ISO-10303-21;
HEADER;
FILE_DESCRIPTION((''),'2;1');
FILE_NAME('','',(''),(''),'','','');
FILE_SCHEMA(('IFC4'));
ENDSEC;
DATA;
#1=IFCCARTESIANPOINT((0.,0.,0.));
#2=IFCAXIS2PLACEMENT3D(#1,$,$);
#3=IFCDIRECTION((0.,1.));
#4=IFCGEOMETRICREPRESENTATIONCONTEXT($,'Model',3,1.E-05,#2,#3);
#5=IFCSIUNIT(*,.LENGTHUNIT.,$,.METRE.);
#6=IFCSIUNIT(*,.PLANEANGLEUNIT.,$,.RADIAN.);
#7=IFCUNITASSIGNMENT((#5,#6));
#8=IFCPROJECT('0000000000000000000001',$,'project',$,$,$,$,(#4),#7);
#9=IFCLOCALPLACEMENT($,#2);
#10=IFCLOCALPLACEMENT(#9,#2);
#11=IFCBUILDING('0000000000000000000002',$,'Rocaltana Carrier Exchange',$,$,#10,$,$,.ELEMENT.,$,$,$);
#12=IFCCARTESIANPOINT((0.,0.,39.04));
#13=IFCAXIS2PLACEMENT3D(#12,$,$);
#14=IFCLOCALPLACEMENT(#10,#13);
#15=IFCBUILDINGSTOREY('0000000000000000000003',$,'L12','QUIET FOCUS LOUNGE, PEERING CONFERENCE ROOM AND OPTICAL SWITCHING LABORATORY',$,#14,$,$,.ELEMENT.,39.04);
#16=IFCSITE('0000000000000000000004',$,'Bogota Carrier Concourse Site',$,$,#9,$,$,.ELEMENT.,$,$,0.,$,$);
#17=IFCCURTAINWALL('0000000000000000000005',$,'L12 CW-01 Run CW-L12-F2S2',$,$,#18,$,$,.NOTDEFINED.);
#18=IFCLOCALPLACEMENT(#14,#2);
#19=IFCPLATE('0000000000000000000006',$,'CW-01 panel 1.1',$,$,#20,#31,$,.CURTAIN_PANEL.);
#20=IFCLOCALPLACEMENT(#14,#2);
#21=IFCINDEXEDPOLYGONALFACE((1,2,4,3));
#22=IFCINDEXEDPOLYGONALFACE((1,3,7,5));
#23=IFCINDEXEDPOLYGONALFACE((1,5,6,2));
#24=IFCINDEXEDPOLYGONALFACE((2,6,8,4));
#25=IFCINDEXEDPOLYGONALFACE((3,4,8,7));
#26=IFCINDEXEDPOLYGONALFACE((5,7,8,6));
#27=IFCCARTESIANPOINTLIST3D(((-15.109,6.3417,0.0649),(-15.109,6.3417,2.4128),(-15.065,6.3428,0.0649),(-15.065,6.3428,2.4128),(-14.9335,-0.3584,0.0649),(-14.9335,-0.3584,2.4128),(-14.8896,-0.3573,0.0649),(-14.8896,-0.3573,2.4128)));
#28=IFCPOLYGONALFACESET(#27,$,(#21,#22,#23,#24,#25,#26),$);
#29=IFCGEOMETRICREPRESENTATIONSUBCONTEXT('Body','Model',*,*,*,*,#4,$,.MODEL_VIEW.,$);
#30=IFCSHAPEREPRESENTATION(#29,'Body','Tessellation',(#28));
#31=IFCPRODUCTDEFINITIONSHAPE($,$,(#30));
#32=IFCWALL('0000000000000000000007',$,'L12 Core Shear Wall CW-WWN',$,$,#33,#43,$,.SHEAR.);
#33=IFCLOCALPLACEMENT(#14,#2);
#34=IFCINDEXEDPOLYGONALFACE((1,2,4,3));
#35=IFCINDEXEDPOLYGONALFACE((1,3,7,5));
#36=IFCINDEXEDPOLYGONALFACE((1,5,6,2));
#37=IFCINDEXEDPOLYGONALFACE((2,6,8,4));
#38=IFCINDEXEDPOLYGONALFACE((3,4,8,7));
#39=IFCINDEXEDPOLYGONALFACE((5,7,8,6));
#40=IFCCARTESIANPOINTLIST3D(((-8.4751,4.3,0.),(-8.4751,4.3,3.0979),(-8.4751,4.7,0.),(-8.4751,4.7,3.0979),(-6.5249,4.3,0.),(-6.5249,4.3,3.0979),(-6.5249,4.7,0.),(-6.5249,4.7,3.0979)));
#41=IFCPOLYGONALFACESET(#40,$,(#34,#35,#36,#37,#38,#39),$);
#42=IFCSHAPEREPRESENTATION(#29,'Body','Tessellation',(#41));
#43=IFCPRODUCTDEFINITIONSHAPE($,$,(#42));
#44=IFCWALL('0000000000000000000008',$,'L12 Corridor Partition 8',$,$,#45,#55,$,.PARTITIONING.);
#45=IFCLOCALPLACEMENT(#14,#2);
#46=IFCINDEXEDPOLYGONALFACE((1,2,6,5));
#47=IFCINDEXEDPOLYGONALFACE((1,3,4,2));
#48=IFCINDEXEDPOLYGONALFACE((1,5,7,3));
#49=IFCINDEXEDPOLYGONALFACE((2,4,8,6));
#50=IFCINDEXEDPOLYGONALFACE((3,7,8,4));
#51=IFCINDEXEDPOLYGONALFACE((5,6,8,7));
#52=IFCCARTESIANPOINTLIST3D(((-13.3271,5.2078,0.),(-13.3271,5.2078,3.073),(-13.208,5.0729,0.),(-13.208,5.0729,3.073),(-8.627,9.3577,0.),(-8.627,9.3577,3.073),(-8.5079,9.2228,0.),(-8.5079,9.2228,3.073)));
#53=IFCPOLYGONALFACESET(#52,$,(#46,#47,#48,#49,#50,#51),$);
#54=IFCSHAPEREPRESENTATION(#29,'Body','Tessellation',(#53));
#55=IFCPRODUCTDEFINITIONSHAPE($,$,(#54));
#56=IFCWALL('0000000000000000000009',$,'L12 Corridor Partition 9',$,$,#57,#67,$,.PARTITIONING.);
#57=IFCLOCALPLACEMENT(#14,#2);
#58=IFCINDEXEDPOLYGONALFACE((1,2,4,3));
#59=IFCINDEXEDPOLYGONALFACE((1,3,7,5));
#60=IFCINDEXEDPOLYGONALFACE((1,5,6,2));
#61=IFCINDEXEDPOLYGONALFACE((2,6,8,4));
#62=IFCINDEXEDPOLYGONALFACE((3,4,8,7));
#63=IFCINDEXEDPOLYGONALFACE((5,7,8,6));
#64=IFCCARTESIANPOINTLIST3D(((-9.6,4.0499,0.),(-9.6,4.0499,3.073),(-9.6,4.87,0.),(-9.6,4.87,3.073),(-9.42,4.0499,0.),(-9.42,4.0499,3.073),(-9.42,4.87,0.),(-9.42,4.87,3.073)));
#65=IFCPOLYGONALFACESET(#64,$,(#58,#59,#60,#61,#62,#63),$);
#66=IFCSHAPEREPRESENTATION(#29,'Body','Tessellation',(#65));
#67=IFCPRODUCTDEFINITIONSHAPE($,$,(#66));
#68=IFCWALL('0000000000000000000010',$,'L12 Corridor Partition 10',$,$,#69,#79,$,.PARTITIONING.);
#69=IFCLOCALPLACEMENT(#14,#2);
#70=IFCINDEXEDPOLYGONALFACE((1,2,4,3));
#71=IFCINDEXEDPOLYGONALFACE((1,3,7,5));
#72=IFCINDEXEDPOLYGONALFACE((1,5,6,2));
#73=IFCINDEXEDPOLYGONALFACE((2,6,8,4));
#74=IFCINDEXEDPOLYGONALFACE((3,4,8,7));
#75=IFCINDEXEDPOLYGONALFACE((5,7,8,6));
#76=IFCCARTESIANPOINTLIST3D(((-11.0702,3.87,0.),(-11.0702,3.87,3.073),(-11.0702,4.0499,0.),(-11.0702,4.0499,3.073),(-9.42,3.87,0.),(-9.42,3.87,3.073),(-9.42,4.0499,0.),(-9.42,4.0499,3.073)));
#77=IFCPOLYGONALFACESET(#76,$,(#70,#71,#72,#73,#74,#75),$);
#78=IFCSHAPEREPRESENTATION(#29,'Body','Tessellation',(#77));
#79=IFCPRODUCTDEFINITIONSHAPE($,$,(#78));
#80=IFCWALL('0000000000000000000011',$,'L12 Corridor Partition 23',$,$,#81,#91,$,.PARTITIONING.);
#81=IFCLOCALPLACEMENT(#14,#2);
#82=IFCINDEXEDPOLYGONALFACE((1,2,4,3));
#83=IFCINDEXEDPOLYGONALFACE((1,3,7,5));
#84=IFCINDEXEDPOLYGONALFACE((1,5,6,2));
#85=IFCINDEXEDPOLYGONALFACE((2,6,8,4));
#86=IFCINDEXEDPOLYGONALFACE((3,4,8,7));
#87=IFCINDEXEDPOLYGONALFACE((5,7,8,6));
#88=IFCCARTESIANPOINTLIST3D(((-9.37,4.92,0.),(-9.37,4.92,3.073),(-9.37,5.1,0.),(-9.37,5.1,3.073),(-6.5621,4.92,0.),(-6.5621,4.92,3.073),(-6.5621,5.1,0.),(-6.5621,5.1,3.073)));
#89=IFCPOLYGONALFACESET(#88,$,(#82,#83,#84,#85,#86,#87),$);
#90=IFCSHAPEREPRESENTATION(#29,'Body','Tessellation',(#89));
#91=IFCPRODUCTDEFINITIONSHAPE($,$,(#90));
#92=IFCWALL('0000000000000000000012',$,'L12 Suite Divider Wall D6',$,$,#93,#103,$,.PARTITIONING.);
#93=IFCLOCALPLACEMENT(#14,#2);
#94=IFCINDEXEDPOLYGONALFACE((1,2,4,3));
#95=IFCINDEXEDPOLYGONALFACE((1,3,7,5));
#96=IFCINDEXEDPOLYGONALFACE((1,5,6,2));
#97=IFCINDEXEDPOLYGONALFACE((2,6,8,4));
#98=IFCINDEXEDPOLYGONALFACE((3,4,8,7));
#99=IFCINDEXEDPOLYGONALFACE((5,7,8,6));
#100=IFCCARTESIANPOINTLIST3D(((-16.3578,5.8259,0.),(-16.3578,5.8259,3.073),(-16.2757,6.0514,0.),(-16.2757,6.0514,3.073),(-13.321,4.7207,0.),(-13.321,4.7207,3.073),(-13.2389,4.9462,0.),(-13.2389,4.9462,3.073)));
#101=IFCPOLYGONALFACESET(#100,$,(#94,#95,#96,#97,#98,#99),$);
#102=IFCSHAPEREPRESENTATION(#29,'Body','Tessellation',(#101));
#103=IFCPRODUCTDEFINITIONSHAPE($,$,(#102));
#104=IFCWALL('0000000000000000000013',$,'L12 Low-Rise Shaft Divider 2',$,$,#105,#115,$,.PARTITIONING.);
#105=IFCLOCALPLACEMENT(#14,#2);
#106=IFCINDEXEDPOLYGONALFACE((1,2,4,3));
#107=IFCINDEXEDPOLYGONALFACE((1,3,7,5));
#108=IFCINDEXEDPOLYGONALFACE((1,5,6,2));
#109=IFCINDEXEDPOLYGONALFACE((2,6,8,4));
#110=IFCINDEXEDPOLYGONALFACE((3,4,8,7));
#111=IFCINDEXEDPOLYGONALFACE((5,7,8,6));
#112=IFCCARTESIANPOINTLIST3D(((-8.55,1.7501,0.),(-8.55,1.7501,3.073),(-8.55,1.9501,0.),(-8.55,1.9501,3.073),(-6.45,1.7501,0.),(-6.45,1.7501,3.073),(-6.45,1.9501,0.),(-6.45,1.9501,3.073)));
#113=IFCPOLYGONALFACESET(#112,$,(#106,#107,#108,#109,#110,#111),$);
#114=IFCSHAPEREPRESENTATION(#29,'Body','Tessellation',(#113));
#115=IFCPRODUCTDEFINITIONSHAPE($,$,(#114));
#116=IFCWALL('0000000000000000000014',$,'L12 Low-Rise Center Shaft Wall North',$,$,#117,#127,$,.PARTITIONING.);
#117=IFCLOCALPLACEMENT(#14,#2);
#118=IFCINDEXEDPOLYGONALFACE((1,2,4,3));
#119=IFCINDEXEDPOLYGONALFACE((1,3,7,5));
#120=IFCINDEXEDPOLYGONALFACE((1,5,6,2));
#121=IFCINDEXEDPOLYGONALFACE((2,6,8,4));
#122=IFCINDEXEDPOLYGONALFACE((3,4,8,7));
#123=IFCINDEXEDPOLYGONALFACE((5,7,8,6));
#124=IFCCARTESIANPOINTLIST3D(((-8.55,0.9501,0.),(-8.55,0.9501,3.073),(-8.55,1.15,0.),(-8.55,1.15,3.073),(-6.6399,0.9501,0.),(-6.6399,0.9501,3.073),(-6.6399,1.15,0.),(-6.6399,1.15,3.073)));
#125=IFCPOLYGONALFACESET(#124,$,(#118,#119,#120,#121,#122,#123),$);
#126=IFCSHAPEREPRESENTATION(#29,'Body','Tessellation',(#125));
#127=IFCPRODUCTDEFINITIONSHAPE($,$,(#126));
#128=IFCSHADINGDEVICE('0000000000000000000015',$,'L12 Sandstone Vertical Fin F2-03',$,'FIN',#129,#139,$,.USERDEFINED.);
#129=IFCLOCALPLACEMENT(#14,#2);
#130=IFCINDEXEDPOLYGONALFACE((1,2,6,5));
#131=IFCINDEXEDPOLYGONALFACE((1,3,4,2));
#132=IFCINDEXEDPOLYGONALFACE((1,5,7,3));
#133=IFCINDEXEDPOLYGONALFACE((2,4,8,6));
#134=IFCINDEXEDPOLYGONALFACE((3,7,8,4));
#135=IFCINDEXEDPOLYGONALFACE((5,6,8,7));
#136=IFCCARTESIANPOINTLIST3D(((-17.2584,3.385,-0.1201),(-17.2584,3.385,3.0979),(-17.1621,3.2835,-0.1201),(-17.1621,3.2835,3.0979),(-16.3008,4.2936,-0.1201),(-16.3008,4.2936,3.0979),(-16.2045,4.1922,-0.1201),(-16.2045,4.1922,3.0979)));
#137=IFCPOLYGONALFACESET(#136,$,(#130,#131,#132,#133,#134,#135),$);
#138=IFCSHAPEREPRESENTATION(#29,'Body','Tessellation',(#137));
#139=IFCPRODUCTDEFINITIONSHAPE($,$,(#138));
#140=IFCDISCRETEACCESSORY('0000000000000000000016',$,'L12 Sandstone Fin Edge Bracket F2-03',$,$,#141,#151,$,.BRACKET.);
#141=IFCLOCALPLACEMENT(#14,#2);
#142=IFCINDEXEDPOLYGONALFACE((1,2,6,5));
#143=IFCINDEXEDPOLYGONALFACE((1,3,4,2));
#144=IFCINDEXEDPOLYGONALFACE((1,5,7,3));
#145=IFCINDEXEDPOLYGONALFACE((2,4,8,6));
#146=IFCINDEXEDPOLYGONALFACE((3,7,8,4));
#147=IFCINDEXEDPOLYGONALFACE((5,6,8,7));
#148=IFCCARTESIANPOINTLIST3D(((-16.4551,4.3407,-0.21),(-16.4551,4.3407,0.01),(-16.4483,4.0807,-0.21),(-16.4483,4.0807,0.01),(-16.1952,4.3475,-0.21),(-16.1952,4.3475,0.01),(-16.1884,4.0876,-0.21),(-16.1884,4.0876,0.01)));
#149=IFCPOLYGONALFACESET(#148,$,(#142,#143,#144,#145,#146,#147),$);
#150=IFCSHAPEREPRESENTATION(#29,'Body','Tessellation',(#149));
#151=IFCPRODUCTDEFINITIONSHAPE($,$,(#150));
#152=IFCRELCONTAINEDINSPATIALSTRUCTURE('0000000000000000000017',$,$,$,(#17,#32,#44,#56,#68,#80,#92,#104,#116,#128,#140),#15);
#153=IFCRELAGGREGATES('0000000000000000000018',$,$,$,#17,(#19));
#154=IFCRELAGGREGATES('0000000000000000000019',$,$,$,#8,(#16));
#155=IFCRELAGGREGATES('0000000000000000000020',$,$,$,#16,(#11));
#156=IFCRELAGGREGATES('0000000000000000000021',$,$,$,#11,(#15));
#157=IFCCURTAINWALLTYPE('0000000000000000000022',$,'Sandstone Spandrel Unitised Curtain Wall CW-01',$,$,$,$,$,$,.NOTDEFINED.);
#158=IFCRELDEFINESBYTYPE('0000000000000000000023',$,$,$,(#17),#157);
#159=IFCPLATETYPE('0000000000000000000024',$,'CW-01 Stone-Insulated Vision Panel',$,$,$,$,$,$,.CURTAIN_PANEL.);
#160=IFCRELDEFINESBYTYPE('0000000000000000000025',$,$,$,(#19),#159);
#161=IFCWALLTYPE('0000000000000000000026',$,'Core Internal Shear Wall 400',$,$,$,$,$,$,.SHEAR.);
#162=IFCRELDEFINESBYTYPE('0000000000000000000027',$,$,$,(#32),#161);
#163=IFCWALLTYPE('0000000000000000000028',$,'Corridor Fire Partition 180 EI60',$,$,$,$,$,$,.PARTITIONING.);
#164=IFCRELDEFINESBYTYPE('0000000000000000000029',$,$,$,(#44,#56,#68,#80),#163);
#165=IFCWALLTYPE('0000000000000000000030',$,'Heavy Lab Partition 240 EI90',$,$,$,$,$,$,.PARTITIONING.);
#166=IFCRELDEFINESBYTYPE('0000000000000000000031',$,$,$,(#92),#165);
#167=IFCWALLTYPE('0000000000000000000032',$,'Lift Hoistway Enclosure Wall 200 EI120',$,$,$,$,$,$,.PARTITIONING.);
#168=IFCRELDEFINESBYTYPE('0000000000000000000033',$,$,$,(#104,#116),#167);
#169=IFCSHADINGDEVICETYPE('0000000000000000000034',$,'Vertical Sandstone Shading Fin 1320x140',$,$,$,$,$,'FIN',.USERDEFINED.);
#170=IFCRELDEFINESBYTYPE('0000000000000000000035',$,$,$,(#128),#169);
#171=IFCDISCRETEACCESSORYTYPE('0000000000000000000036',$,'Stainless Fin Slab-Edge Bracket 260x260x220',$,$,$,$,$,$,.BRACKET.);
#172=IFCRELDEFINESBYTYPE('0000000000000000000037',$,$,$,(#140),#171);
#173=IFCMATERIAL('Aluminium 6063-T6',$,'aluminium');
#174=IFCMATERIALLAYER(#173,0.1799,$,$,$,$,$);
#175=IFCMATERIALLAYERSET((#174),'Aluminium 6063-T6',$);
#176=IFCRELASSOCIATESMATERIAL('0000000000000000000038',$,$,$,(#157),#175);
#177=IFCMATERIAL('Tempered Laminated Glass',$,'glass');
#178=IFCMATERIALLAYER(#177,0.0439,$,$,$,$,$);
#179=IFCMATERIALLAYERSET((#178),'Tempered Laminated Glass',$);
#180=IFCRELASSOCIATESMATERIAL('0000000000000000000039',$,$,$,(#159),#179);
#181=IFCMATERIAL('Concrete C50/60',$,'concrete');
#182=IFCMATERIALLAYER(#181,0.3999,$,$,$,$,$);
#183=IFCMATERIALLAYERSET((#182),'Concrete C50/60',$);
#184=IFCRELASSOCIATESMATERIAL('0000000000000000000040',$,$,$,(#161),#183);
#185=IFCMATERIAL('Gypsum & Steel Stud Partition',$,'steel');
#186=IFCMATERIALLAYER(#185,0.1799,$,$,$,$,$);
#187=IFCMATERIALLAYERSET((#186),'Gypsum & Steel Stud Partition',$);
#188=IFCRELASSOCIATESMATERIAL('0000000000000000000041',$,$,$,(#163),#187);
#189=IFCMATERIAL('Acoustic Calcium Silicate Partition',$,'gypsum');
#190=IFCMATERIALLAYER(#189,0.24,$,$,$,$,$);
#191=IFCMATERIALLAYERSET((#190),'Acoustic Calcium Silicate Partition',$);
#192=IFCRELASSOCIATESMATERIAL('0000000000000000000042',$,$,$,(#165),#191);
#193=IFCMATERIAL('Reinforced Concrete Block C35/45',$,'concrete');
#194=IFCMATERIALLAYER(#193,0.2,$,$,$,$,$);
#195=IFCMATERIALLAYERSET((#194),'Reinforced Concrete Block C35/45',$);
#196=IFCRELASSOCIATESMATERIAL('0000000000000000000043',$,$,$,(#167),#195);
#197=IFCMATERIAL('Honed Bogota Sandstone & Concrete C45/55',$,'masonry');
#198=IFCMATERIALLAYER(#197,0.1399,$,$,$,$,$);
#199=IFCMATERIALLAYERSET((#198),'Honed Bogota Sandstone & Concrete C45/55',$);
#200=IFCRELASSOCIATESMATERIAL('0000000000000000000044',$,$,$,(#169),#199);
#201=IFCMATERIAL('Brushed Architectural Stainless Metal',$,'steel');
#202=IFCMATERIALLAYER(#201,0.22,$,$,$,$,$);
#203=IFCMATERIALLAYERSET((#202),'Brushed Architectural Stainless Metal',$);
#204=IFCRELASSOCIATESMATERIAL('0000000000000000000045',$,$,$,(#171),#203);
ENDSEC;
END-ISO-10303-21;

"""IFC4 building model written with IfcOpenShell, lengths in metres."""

from ifc_helpers import new_model, si_unit, direction, frame, frame_2d, origin, origin_2d, place, context, subcontext, project, spatial, rectangle, extrude, material, layer, layer_set, type_object, element, aggregate, save


model = new_model("IFC4")

# Units and contexts
model_context = context("Model", 3, precision=1e-05, world=origin(), true_north=direction((0.0, 1.0)))
body_context = subcontext(model_context, "Body", "Model", "MODEL_VIEW")
ifc_project = project(units=[si_unit("LENGTHUNIT", "METRE"), si_unit("PLANEANGLEUNIT", "RADIAN")], contexts=[model_context])

# Site, building, storey
site_placement = place(None, origin())
site = spatial("IfcSite", under=ifc_project, at=site_placement, Name="Bogota Carrier Concourse Site", CompositionType="ELEMENT", RefElevation=0.0)
building_placement = place(site_placement, origin())
building = spatial("IfcBuilding", under=site, at=building_placement, Name="Rocaltana Carrier Exchange", CompositionType="ELEMENT")
storey_placement = place(building_placement, frame((0.0, 0.0, 39.04)))
storey = spatial("IfcBuildingStorey", under=building, at=storey_placement, Name="L12", Description="QUIET FOCUS LOUNGE, PEERING CONFERENCE ROOM AND OPTICAL SWITCHING LABORATORY", CompositionType="ELEMENT", Elevation=39.04)

# Curtain wall
ifc_material_1 = material(Name="Aluminium 6063-T6", Category="aluminium")
ifc_layer_1 = layer(ifc_material_1, 0.1799)
ifc_layer_set_1 = layer_set([ifc_layer_1], Name="Aluminium 6063-T6")
curtain_wall_type = type_object("IfcCurtainWallType", Name="Sandstone Spandrel Unitised Curtain Wall CW-01", PredefinedType="NOTDEFINED", material=ifc_layer_set_1)
curtain_wall_placement = place(storey_placement, origin())
curtain_wall = element("IfcCurtainWall", 1, at=curtain_wall_placement, inside=storey, type_object=curtain_wall_type, Name="L12 CW-01 Run CW-L12-F2S2", PredefinedType="NOTDEFINED")

# Plate
ifc_material_2 = material(Name="Tempered Laminated Glass", Category="glass")
ifc_layer_2 = layer(ifc_material_2, 0.0439)
ifc_layer_set_2 = layer_set([ifc_layer_2], Name="Tempered Laminated Glass")
plate_type = type_object("IfcPlateType", Name="CW-01 Stone-Insulated Vision Panel", PredefinedType="CURTAIN_PANEL", material=ifc_layer_set_2)
plate_placement = place(storey_placement, frame((-14.9993, 2.9922, 0.0649), z_axis=(0.0, 0.0, 1.0), x_axis=(0.026177, -0.999657, 0.0)))
plate = element("IfcPlate", 2, at=plate_placement, type_object=plate_type, Name="CW-01 panel 1.1", PredefinedType="CURTAIN_PANEL", context=body_context, shape_type="SweptSolid", body=[
    extrude(rectangle(XDim=6.7024, YDim=0.0439, at=origin_2d()), origin(), (0.0, 0.0, 1.0), 2.3479),
])
aggregate(curtain_wall, [plate])

# Walls
ifc_material_3 = material(Name="Concrete C50/60", Category="concrete")
ifc_layer_3 = layer(ifc_material_3, 0.3999)
ifc_layer_set_3 = layer_set([ifc_layer_3], Name="Concrete C50/60")
wall_type_1 = type_object("IfcWallType", Name="Core Internal Shear Wall 400", PredefinedType="SHEAR", material=ifc_layer_set_3)
wall_1_placement = place(storey_placement, frame((-8.4751, 4.5, 0.0), z_axis=(0.0, 0.0, 1.0), x_axis=(1.0, 0.0, 0.0)))
element("IfcWall", 3, at=wall_1_placement, inside=storey, type_object=wall_type_1, Name="L12 Core Shear Wall CW-WWN", PredefinedType="SHEAR", context=body_context, shape_type="SweptSolid", body=[
    extrude(rectangle(XDim=1.9502, YDim=0.3999, at=frame_2d((0.9751, 0.0))), origin(), (0.0, 0.0, 1.0), 3.0979),
])
ifc_material_4 = material(Name="Gypsum & Steel Stud Partition", Category="steel")
ifc_layer_4 = layer(ifc_material_4, 0.1799)
ifc_layer_set_4 = layer_set([ifc_layer_4], Name="Gypsum & Steel Stud Partition")
wall_type_2 = type_object("IfcWallType", Name="Corridor Fire Partition 180 EI60", PredefinedType="PARTITIONING", material=ifc_layer_set_4)
wall_2_placement = place(storey_placement, frame((-13.2676, 5.1404, 0.0), z_axis=(0.0, 0.0, 1.0), x_axis=(0.749626, 0.661861, 0.0)))
element("IfcWall", 4, at=wall_2_placement, inside=storey, type_object=wall_type_2, Name="L12 Corridor Partition 8", PredefinedType="PARTITIONING", context=body_context, shape_type="SweptSolid", body=[
    extrude(rectangle(XDim=6.27, YDim=0.1799, at=frame_2d((3.135, 0.0))), origin(), (0.0, 0.0, 1.0), 3.073),
])
wall_3_placement = place(storey_placement, frame((-9.51, 4.8701, 0.0), z_axis=(0.0, 0.0, 1.0), x_axis=(0.0, -1.0, 0.0)))
element("IfcWall", 5, at=wall_3_placement, inside=storey, type_object=wall_type_2, Name="L12 Corridor Partition 9", PredefinedType="PARTITIONING", context=body_context, shape_type="SweptSolid", body=[
    extrude(rectangle(XDim=0.8201, YDim=0.1799, at=frame_2d((0.4102, 0.0))), origin(), (0.0, 0.0, 1.0), 3.073),
])
wall_4_placement = place(storey_placement, frame((-9.4199, 3.96, 0.0), z_axis=(0.0, 0.0, 1.0), x_axis=(-1.0, 0.0, 0.0)))
element("IfcWall", 6, at=wall_4_placement, inside=storey, type_object=wall_type_2, Name="L12 Corridor Partition 10", PredefinedType="PARTITIONING", context=body_context, shape_type="SweptSolid", body=[
    extrude(rectangle(XDim=1.6501, YDim=0.1799, at=frame_2d((0.8252, 0.0))), origin(), (0.0, 0.0, 1.0), 3.073),
])
wall_5_placement = place(storey_placement, frame((-6.5623, 5.01, 0.0), z_axis=(0.0, 0.0, 1.0), x_axis=(-1.0, 0.0, 0.0)))
element("IfcWall", 7, at=wall_5_placement, inside=storey, type_object=wall_type_2, Name="L12 Corridor Partition 23", PredefinedType="PARTITIONING", context=body_context, shape_type="SweptSolid", body=[
    extrude(rectangle(XDim=2.8079, YDim=0.1799, at=frame_2d((1.4038, 0.0))), origin(), (0.0, 0.0, 1.0), 3.073),
])
ifc_material_5 = material(Name="Acoustic Calcium Silicate Partition", Category="gypsum")
ifc_layer_5 = layer(ifc_material_5, 0.24)
ifc_layer_set_5 = layer_set([ifc_layer_5], Name="Acoustic Calcium Silicate Partition")
wall_type_3 = type_object("IfcWallType", Name="Heavy Lab Partition 240 EI90", PredefinedType="PARTITIONING", material=ifc_layer_set_5)
wall_6_placement = place(storey_placement, frame((-13.28, 4.8335, 0.0), z_axis=(0.0, 0.0, 1.0), x_axis=(-0.939703, 0.341992, 0.0)))
element("IfcWall", 8, at=wall_6_placement, inside=storey, type_object=wall_type_3, Name="L12 Suite Divider Wall D6", PredefinedType="PARTITIONING", context=body_context, shape_type="SweptSolid", body=[
    extrude(rectangle(XDim=3.2317, YDim=0.24, at=frame_2d((1.6157, 0.0))), origin(), (0.0, 0.0, 1.0), 3.073),
])
ifc_material_6 = material(Name="Reinforced Concrete Block C35/45", Category="concrete")
ifc_layer_6 = layer(ifc_material_6, 0.2)
ifc_layer_set_6 = layer_set([ifc_layer_6], Name="Reinforced Concrete Block C35/45")
wall_type_4 = type_object("IfcWallType", Name="Lift Hoistway Enclosure Wall 200 EI120", PredefinedType="PARTITIONING", material=ifc_layer_set_6)
wall_7_placement = place(storey_placement, frame((-8.55, 1.8501, 0.0), z_axis=(0.0, 0.0, 1.0), x_axis=(1.0, 0.0, 0.0)))
element("IfcWall", 9, at=wall_7_placement, inside=storey, type_object=wall_type_4, Name="L12 Low-Rise Shaft Divider 2", PredefinedType="PARTITIONING", context=body_context, shape_type="SweptSolid", body=[
    extrude(rectangle(XDim=2.1001, YDim=0.2, at=frame_2d((1.05, 0.0))), origin(), (0.0, 0.0, 1.0), 3.073),
])
wall_8_placement = place(storey_placement, frame((-8.55, 1.05, 0.0), z_axis=(0.0, 0.0, 1.0), x_axis=(1.0, 0.0, 0.0)))
element("IfcWall", 10, at=wall_8_placement, inside=storey, type_object=wall_type_4, Name="L12 Low-Rise Center Shaft Wall North", PredefinedType="PARTITIONING", context=body_context, shape_type="SweptSolid", body=[
    extrude(rectangle(XDim=1.9102, YDim=0.2, at=frame_2d((0.9551, 0.0))), origin(), (0.0, 0.0, 1.0), 3.073),
])

# Shading device
ifc_material_7 = material(Name="Honed Bogota Sandstone & Concrete C45/55", Category="masonry")
ifc_layer_7 = layer(ifc_material_7, 0.1399)
ifc_layer_set_7 = layer_set([ifc_layer_7], Name="Honed Bogota Sandstone & Concrete C45/55")
shading_device_type = type_object("IfcShadingDeviceType", Name="Vertical Sandstone Shading Fin 1320x140", ElementType="FIN", PredefinedType="USERDEFINED", material=ifc_layer_set_7)
shading_device_placement = place(storey_placement, frame((-16.7314, 3.7886, -0.1201), z_axis=(0.0, 0.0, 1.0), x_axis=(-0.725374, -0.688355, 0.0)))
element("IfcShadingDevice", 11, at=shading_device_placement, inside=storey, type_object=shading_device_type, Name="L12 Sandstone Vertical Fin F2-03", ObjectType="FIN", PredefinedType="USERDEFINED", context=body_context, shape_type="SweptSolid", body=[
    extrude(rectangle(XDim=1.3201, YDim=0.1399, at=origin_2d()), origin(), (0.0, 0.0, 1.0), 3.218),
])

# Discrete accessory
ifc_material_8 = material(Name="Brushed Architectural Stainless Metal", Category="steel")
ifc_layer_8 = layer(ifc_material_8, 0.22)
ifc_layer_set_8 = layer_set([ifc_layer_8], Name="Brushed Architectural Stainless Metal")
discrete_accessory_type = type_object("IfcDiscreteAccessoryType", Name="Stainless Fin Slab-Edge Bracket 260x260x220", PredefinedType="BRACKET", material=ifc_layer_set_8)
discrete_accessory_placement = place(storey_placement, frame((-16.3218, 4.2141, -0.21), z_axis=(0.0, 0.0, 1.0), x_axis=(0.026177, -0.999657, 0.0)))
element("IfcDiscreteAccessory", 12, at=discrete_accessory_placement, inside=storey, type_object=discrete_accessory_type, Name="L12 Sandstone Fin Edge Bracket F2-03", PredefinedType="BRACKET", context=body_context, shape_type="SweptSolid", body=[
    extrude(rectangle(XDim=0.26, YDim=0.26, at=origin_2d()), origin(), (0.0, 0.0, 1.0), 0.22),
])

save(model, "model.ifc")
